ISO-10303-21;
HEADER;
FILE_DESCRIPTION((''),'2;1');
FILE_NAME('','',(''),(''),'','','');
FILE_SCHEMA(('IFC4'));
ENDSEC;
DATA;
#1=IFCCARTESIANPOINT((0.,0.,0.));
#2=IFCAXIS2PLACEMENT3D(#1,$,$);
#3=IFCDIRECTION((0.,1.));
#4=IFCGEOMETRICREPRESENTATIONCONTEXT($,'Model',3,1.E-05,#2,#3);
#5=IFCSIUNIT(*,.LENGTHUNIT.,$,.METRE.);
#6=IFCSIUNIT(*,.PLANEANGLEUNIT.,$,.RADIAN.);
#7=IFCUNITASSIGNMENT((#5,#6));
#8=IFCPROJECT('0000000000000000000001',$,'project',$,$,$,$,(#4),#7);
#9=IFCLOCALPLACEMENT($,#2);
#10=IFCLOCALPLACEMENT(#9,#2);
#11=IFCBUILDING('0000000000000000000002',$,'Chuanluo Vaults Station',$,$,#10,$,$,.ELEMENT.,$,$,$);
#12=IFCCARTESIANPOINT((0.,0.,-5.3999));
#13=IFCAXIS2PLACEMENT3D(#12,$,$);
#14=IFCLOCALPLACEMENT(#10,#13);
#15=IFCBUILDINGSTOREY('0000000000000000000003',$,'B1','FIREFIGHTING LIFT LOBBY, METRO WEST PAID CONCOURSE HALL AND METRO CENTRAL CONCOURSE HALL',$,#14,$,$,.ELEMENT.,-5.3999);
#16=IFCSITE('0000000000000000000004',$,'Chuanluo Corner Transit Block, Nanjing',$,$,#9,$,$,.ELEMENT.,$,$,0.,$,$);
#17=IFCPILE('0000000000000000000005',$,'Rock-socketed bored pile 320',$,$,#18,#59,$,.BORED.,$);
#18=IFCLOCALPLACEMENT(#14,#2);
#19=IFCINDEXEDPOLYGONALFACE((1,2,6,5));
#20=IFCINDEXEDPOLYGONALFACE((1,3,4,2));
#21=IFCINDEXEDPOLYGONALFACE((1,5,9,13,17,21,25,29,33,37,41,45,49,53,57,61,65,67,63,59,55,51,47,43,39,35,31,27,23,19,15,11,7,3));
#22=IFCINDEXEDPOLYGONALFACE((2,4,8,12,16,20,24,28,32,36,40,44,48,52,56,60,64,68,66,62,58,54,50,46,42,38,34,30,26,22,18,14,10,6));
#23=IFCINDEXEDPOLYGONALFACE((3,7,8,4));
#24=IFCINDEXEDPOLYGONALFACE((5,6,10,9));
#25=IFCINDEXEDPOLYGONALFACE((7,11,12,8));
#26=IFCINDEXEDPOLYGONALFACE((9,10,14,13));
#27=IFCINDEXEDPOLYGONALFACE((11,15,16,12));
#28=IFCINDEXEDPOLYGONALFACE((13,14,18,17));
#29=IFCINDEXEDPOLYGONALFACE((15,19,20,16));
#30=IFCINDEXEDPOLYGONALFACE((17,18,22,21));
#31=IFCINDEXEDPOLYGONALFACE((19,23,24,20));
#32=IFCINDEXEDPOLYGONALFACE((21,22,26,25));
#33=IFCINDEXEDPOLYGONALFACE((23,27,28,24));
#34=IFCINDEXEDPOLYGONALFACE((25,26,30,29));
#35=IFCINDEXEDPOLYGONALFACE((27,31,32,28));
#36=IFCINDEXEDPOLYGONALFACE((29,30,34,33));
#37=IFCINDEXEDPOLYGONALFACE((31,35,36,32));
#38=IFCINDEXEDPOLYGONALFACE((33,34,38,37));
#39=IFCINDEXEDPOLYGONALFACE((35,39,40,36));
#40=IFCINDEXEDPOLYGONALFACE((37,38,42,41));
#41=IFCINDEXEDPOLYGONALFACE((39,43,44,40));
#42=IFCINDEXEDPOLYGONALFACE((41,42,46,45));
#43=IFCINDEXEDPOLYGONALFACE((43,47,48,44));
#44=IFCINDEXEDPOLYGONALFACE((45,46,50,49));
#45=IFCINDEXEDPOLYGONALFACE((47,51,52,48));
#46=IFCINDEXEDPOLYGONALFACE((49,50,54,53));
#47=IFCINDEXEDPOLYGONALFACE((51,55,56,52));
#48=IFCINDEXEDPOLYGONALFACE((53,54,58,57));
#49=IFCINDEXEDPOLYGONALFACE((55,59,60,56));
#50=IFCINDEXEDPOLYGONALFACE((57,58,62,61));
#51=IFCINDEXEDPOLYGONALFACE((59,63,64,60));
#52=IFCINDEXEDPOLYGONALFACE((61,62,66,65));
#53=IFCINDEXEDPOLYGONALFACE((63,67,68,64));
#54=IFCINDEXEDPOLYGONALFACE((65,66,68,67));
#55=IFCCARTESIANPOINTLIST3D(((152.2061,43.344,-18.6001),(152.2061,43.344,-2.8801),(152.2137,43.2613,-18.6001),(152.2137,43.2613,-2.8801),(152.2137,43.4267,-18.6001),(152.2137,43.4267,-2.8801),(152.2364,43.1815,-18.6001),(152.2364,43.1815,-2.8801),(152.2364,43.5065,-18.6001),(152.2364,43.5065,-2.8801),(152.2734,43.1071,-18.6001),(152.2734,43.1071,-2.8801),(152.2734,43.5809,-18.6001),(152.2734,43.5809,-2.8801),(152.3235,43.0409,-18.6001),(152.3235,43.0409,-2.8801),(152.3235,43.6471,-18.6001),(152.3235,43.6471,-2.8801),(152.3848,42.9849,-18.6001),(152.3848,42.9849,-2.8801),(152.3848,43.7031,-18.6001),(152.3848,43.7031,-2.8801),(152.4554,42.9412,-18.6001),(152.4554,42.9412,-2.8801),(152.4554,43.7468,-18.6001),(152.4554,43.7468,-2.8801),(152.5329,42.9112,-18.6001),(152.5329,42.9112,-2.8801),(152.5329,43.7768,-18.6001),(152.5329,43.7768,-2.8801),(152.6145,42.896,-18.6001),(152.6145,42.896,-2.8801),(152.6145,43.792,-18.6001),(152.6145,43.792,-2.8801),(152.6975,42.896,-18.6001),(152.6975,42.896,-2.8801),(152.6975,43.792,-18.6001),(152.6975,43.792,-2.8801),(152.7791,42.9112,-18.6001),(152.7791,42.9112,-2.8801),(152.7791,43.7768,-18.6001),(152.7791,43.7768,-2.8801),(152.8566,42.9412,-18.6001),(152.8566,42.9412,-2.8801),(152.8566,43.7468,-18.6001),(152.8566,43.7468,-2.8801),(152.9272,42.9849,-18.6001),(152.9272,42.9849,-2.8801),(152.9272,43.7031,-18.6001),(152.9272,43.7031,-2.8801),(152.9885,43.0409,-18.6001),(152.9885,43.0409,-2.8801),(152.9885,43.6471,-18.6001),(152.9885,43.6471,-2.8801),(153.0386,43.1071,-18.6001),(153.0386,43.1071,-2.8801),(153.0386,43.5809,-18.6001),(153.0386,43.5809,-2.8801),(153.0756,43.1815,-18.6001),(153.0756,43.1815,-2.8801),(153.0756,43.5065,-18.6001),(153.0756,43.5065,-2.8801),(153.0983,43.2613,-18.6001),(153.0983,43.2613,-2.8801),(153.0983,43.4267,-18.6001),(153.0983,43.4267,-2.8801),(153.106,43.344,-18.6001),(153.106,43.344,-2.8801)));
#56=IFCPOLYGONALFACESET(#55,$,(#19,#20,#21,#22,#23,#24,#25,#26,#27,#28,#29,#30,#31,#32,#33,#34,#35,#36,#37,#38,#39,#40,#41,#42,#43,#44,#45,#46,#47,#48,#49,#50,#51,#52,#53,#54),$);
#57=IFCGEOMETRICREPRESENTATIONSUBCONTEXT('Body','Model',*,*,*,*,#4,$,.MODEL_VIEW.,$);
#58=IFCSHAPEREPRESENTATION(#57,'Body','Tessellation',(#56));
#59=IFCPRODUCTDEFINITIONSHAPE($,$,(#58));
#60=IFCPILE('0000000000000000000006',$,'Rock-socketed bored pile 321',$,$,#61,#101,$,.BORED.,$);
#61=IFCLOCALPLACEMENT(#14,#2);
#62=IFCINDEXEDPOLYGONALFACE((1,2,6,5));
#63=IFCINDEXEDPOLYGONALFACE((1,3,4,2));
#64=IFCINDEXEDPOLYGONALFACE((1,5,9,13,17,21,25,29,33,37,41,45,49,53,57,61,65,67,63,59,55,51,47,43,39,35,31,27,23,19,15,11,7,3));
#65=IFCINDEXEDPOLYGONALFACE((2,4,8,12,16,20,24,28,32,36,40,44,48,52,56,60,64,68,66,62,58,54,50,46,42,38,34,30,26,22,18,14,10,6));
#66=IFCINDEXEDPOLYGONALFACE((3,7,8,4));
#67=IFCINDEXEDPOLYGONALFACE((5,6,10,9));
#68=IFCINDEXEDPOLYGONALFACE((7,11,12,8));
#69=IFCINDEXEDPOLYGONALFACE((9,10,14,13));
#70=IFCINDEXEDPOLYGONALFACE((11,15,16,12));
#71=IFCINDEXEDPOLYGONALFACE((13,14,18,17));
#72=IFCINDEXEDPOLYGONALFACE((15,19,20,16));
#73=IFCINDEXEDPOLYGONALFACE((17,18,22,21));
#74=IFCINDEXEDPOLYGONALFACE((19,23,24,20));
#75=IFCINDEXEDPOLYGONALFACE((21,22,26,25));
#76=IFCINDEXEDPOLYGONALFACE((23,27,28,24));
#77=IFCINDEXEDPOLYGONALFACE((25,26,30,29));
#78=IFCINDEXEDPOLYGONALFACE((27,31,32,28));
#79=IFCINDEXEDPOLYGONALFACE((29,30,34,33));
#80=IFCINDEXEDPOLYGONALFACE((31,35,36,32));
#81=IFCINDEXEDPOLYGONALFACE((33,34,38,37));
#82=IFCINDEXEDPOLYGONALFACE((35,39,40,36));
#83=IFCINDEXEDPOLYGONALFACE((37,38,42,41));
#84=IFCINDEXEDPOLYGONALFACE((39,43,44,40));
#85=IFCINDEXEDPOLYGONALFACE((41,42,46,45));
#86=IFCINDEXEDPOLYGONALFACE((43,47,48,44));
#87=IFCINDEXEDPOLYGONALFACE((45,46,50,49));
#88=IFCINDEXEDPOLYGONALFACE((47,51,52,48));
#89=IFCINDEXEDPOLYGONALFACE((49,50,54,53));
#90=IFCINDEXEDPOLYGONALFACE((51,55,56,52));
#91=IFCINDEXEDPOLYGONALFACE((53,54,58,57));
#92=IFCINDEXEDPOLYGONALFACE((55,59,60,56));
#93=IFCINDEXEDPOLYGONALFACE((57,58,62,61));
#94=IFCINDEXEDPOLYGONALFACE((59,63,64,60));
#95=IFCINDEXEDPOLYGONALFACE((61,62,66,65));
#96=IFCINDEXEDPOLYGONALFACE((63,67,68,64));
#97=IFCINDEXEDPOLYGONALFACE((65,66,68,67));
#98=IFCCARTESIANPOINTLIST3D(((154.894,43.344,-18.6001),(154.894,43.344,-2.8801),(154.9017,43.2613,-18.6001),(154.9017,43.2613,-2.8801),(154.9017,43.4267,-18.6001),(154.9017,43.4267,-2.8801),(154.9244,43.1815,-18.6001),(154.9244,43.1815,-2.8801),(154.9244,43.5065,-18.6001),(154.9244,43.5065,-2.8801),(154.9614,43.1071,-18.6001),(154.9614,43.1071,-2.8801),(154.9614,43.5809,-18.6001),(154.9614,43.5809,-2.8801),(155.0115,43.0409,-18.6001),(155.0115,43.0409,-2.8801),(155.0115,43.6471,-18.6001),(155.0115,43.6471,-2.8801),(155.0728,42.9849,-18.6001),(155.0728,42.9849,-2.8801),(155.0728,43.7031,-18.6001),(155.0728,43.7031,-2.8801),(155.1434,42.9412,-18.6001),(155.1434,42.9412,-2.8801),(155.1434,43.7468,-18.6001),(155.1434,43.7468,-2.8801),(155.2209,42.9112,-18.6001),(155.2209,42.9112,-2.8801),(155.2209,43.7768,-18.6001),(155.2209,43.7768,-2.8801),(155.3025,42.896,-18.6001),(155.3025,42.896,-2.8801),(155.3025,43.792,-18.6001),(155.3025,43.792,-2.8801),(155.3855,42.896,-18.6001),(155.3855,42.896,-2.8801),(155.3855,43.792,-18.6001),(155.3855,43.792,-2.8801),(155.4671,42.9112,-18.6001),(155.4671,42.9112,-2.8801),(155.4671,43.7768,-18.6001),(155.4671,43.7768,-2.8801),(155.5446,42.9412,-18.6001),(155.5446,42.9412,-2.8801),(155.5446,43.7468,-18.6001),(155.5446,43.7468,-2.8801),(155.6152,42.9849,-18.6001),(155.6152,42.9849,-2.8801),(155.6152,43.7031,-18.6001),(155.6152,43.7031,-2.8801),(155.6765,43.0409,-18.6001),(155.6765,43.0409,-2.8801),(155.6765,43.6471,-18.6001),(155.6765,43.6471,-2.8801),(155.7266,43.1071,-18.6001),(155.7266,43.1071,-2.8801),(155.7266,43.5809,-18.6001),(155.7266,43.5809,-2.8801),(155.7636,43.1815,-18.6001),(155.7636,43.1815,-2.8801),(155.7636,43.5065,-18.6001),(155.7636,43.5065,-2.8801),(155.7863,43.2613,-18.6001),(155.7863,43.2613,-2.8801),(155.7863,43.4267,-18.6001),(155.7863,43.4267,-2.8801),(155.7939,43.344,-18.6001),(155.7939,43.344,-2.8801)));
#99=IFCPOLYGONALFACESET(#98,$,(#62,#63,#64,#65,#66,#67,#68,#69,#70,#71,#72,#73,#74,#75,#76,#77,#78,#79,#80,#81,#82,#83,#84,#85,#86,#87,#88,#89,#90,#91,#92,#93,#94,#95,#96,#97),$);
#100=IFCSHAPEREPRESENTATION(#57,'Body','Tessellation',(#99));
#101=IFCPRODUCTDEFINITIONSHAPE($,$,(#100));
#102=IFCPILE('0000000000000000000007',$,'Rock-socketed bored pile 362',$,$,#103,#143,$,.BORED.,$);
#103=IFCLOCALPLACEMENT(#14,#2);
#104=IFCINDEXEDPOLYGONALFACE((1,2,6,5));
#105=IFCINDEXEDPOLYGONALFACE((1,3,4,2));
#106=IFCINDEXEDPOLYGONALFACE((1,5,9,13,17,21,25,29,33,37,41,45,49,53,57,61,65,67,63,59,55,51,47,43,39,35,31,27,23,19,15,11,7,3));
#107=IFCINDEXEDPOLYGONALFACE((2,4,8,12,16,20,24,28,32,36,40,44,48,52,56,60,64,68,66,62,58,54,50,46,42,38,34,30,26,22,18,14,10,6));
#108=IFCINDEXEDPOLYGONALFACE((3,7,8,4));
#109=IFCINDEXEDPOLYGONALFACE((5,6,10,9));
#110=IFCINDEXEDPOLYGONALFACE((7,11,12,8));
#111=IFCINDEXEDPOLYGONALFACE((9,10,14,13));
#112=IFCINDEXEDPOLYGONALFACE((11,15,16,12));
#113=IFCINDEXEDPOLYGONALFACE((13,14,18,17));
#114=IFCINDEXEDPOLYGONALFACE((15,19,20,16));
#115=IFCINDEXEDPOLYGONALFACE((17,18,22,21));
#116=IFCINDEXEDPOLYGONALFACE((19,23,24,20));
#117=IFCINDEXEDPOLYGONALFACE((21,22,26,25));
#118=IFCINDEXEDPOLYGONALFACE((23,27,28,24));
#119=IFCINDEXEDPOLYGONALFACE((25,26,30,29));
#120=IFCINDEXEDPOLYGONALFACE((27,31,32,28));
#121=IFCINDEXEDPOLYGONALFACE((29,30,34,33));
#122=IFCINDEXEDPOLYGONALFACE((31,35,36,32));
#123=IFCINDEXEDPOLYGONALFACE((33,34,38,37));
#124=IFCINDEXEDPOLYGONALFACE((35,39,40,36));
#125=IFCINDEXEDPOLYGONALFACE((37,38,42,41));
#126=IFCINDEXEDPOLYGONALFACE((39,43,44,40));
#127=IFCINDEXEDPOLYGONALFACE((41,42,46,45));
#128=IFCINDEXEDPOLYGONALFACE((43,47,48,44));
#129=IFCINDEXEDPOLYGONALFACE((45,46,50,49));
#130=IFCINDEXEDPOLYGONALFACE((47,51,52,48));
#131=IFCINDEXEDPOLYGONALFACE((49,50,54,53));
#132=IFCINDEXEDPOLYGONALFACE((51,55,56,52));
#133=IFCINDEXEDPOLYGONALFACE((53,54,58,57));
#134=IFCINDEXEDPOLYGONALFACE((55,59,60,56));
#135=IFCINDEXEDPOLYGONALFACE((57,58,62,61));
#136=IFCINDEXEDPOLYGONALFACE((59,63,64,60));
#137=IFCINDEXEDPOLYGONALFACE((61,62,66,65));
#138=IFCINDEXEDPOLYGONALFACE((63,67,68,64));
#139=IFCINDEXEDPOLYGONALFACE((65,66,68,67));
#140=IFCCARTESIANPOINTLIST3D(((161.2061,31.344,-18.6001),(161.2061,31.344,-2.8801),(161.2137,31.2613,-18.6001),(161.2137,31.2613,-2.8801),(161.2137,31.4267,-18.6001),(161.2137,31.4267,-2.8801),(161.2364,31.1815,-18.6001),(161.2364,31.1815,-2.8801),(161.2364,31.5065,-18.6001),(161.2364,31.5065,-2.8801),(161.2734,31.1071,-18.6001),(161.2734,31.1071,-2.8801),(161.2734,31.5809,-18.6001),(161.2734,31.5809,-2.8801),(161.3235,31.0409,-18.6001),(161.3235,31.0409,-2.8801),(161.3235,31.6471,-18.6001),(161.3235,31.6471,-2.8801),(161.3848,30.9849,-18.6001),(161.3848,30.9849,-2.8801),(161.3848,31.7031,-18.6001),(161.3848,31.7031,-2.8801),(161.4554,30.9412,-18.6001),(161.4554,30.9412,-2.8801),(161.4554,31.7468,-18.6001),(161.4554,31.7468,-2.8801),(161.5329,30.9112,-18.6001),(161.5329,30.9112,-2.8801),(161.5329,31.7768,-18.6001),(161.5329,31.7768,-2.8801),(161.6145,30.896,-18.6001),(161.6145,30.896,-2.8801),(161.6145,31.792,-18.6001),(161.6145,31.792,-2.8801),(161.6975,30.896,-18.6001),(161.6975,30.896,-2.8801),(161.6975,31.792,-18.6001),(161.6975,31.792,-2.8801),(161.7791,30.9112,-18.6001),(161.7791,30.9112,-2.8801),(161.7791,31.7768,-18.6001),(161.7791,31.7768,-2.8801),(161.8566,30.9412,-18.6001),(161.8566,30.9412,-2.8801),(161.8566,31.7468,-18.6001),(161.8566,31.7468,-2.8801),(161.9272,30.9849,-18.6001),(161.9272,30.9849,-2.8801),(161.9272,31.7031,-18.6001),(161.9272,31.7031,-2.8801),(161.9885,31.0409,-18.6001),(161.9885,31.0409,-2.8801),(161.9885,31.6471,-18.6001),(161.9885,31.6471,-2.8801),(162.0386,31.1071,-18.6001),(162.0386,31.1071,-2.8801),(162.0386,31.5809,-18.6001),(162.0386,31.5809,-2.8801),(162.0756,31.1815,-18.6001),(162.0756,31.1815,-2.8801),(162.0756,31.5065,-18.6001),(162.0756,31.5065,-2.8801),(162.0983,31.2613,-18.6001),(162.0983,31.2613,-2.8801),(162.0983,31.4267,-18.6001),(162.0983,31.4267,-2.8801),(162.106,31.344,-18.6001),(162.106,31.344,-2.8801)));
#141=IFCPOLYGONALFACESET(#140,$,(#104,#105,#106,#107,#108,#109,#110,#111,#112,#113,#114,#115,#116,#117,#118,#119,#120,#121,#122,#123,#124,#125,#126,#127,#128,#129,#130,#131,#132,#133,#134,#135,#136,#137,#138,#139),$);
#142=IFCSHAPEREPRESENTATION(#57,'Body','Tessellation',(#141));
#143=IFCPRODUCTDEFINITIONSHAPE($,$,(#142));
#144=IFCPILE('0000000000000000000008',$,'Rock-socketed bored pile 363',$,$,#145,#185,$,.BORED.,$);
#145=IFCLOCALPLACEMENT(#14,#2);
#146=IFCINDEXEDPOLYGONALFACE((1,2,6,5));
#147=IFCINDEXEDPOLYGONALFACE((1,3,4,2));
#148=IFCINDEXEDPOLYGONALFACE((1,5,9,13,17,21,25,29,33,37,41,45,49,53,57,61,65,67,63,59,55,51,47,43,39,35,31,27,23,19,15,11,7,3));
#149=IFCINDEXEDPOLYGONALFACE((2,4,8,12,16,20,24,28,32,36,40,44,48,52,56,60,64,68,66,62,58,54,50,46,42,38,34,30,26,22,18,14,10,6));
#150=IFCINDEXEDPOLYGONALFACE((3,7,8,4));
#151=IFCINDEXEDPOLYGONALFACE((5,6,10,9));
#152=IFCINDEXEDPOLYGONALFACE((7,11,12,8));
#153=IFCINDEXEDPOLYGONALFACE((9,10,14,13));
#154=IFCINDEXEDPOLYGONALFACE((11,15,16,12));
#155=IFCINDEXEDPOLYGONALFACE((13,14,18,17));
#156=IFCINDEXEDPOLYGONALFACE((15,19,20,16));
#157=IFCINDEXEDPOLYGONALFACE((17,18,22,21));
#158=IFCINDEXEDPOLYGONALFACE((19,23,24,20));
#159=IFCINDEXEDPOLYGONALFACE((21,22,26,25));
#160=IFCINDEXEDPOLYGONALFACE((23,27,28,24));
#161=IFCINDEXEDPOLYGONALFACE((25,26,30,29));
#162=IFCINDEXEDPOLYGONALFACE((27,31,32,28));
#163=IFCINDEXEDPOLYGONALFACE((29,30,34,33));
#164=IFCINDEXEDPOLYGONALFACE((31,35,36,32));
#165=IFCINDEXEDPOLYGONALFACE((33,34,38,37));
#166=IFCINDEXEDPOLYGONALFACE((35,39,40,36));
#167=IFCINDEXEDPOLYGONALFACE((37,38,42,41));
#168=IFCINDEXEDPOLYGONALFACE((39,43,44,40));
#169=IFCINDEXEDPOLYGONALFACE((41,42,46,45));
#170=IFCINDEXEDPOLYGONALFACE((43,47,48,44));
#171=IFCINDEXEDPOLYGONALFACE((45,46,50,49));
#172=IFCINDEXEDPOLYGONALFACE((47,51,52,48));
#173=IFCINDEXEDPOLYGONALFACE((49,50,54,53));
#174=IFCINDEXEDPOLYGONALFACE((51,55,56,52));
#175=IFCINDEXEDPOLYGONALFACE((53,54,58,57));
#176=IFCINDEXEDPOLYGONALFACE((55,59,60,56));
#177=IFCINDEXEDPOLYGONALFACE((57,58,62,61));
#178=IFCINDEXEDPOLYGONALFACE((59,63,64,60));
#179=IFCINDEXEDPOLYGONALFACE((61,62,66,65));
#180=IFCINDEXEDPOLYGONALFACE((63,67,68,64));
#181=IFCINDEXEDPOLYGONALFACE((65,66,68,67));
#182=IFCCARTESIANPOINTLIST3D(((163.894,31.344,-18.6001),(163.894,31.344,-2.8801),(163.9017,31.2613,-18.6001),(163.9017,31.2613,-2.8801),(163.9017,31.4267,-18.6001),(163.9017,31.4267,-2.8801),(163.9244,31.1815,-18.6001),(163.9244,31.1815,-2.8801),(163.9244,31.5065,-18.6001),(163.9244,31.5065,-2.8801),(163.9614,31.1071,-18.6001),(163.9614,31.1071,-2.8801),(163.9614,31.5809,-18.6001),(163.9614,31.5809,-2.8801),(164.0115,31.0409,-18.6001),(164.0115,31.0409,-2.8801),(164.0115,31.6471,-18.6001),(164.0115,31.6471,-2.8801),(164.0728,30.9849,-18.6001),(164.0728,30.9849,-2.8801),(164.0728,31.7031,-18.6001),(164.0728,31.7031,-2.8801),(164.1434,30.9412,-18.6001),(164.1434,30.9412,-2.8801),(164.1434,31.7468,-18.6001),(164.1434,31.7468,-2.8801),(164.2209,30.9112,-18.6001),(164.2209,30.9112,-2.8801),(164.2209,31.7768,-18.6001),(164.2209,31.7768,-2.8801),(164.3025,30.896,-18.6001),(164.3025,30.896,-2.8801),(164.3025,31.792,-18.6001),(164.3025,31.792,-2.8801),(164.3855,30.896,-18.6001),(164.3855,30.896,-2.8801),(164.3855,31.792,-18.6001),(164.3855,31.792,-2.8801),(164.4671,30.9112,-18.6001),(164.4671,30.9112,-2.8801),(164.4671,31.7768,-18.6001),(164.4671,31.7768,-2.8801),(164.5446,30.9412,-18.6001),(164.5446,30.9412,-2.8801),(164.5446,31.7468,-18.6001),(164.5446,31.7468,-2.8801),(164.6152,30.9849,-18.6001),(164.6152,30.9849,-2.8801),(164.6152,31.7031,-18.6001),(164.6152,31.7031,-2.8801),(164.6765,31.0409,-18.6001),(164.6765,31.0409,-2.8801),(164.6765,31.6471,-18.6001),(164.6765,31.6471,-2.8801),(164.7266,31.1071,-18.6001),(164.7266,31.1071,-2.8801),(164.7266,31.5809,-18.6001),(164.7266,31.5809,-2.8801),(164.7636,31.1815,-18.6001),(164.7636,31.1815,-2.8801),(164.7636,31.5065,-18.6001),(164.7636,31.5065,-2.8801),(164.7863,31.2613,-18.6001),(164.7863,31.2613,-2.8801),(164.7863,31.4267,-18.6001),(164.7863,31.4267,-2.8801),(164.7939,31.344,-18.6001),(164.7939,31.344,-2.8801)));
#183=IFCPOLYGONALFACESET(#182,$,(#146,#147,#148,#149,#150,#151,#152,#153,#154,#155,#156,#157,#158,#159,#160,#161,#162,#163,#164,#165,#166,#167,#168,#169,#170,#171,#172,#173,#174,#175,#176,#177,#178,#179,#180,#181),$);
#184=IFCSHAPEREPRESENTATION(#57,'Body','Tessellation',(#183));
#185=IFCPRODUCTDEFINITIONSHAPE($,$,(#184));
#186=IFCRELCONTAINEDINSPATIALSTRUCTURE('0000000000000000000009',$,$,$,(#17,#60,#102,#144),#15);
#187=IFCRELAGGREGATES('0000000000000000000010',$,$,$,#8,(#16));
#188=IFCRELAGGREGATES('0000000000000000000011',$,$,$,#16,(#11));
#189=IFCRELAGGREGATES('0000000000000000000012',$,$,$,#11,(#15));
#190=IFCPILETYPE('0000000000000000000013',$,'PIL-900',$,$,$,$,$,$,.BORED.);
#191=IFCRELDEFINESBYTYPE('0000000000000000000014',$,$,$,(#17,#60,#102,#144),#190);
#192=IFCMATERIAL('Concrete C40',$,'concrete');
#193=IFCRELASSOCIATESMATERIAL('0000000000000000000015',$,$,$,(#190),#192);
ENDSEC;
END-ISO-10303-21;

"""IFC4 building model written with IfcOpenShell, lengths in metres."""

from ifc_helpers import new_model, si_unit, direction, frame, origin, origin_2d, place, context, subcontext, project, spatial, circle, extrude, material, material_profile, profile_set, type_object, element, save


model = new_model("IFC4")

# Units and contexts
model_context = context("Model", 3, precision=1e-05, world=origin(), true_north=direction((0.0, 1.0)))
body_context = subcontext(model_context, "Body", "Model", "MODEL_VIEW")
ifc_project = project(units=[si_unit("LENGTHUNIT", "METRE"), si_unit("PLANEANGLEUNIT", "RADIAN")], contexts=[model_context])

# Site, building, storey
site_placement = place(None, origin())
site = spatial("IfcSite", under=ifc_project, at=site_placement, Name="Chuanluo Corner Transit Block, Nanjing", CompositionType="ELEMENT", RefElevation=0.0)
building_placement = place(site_placement, origin())
building = spatial("IfcBuilding", under=site, at=building_placement, Name="Chuanluo Vaults Station", CompositionType="ELEMENT")
storey_placement = place(building_placement, frame((0.0, 0.0, -5.3999)))
storey = spatial("IfcBuildingStorey", under=building, at=storey_placement, Name="B1", Description="FIREFIGHTING LIFT LOBBY, METRO WEST PAID CONCOURSE HALL AND METRO CENTRAL CONCOURSE HALL", CompositionType="ELEMENT", Elevation=-5.3999)

# Piles
ifc_material_1 = material(Name="Concrete C40", Category="concrete")
ifc_material_profile_1 = material_profile(ifc_material_1, circle(Radius=0.45, at=origin_2d()))
ifc_profile_set_1 = profile_set([ifc_material_profile_1], Name="Concrete C40")
pile_type_1 = type_object("IfcPileType", Name="PIL-900", PredefinedType="BORED", material=ifc_profile_set_1)
for number, where, z_axis, x_axis, name in (
    (1, (152.656, 43.344, -2.8801), (0.0, 0.0, -1.0), (1.0, 0.0, 0.0), "Rock-socketed bored pile 320"),
    (2, (155.344, 43.344, -2.8801), (0.0, 0.0, -1.0), (1.0, 0.0, 0.0), "Rock-socketed bored pile 321"),
    (3, (161.656, 31.344, -2.8801), (0.0, 0.0, -1.0), (1.0, 0.0, 0.0), "Rock-socketed bored pile 362"),
    (4, (164.344, 31.344, -2.8801), (0.0, 0.0, -1.0), (1.0, 0.0, 0.0), "Rock-socketed bored pile 363"),
):
    element("IfcPile", number, at=place(storey_placement, frame(where, z_axis=z_axis, x_axis=x_axis)), inside=storey, type_object=pile_type_1, Name=name, PredefinedType="BORED", context=body_context, shape_type="SweptSolid", body=[
        extrude(circle(Radius=0.45, at=origin_2d()), origin(), (0.0, 0.0, 1.0), 15.72),
    ])

save(model, "model.ifc")
